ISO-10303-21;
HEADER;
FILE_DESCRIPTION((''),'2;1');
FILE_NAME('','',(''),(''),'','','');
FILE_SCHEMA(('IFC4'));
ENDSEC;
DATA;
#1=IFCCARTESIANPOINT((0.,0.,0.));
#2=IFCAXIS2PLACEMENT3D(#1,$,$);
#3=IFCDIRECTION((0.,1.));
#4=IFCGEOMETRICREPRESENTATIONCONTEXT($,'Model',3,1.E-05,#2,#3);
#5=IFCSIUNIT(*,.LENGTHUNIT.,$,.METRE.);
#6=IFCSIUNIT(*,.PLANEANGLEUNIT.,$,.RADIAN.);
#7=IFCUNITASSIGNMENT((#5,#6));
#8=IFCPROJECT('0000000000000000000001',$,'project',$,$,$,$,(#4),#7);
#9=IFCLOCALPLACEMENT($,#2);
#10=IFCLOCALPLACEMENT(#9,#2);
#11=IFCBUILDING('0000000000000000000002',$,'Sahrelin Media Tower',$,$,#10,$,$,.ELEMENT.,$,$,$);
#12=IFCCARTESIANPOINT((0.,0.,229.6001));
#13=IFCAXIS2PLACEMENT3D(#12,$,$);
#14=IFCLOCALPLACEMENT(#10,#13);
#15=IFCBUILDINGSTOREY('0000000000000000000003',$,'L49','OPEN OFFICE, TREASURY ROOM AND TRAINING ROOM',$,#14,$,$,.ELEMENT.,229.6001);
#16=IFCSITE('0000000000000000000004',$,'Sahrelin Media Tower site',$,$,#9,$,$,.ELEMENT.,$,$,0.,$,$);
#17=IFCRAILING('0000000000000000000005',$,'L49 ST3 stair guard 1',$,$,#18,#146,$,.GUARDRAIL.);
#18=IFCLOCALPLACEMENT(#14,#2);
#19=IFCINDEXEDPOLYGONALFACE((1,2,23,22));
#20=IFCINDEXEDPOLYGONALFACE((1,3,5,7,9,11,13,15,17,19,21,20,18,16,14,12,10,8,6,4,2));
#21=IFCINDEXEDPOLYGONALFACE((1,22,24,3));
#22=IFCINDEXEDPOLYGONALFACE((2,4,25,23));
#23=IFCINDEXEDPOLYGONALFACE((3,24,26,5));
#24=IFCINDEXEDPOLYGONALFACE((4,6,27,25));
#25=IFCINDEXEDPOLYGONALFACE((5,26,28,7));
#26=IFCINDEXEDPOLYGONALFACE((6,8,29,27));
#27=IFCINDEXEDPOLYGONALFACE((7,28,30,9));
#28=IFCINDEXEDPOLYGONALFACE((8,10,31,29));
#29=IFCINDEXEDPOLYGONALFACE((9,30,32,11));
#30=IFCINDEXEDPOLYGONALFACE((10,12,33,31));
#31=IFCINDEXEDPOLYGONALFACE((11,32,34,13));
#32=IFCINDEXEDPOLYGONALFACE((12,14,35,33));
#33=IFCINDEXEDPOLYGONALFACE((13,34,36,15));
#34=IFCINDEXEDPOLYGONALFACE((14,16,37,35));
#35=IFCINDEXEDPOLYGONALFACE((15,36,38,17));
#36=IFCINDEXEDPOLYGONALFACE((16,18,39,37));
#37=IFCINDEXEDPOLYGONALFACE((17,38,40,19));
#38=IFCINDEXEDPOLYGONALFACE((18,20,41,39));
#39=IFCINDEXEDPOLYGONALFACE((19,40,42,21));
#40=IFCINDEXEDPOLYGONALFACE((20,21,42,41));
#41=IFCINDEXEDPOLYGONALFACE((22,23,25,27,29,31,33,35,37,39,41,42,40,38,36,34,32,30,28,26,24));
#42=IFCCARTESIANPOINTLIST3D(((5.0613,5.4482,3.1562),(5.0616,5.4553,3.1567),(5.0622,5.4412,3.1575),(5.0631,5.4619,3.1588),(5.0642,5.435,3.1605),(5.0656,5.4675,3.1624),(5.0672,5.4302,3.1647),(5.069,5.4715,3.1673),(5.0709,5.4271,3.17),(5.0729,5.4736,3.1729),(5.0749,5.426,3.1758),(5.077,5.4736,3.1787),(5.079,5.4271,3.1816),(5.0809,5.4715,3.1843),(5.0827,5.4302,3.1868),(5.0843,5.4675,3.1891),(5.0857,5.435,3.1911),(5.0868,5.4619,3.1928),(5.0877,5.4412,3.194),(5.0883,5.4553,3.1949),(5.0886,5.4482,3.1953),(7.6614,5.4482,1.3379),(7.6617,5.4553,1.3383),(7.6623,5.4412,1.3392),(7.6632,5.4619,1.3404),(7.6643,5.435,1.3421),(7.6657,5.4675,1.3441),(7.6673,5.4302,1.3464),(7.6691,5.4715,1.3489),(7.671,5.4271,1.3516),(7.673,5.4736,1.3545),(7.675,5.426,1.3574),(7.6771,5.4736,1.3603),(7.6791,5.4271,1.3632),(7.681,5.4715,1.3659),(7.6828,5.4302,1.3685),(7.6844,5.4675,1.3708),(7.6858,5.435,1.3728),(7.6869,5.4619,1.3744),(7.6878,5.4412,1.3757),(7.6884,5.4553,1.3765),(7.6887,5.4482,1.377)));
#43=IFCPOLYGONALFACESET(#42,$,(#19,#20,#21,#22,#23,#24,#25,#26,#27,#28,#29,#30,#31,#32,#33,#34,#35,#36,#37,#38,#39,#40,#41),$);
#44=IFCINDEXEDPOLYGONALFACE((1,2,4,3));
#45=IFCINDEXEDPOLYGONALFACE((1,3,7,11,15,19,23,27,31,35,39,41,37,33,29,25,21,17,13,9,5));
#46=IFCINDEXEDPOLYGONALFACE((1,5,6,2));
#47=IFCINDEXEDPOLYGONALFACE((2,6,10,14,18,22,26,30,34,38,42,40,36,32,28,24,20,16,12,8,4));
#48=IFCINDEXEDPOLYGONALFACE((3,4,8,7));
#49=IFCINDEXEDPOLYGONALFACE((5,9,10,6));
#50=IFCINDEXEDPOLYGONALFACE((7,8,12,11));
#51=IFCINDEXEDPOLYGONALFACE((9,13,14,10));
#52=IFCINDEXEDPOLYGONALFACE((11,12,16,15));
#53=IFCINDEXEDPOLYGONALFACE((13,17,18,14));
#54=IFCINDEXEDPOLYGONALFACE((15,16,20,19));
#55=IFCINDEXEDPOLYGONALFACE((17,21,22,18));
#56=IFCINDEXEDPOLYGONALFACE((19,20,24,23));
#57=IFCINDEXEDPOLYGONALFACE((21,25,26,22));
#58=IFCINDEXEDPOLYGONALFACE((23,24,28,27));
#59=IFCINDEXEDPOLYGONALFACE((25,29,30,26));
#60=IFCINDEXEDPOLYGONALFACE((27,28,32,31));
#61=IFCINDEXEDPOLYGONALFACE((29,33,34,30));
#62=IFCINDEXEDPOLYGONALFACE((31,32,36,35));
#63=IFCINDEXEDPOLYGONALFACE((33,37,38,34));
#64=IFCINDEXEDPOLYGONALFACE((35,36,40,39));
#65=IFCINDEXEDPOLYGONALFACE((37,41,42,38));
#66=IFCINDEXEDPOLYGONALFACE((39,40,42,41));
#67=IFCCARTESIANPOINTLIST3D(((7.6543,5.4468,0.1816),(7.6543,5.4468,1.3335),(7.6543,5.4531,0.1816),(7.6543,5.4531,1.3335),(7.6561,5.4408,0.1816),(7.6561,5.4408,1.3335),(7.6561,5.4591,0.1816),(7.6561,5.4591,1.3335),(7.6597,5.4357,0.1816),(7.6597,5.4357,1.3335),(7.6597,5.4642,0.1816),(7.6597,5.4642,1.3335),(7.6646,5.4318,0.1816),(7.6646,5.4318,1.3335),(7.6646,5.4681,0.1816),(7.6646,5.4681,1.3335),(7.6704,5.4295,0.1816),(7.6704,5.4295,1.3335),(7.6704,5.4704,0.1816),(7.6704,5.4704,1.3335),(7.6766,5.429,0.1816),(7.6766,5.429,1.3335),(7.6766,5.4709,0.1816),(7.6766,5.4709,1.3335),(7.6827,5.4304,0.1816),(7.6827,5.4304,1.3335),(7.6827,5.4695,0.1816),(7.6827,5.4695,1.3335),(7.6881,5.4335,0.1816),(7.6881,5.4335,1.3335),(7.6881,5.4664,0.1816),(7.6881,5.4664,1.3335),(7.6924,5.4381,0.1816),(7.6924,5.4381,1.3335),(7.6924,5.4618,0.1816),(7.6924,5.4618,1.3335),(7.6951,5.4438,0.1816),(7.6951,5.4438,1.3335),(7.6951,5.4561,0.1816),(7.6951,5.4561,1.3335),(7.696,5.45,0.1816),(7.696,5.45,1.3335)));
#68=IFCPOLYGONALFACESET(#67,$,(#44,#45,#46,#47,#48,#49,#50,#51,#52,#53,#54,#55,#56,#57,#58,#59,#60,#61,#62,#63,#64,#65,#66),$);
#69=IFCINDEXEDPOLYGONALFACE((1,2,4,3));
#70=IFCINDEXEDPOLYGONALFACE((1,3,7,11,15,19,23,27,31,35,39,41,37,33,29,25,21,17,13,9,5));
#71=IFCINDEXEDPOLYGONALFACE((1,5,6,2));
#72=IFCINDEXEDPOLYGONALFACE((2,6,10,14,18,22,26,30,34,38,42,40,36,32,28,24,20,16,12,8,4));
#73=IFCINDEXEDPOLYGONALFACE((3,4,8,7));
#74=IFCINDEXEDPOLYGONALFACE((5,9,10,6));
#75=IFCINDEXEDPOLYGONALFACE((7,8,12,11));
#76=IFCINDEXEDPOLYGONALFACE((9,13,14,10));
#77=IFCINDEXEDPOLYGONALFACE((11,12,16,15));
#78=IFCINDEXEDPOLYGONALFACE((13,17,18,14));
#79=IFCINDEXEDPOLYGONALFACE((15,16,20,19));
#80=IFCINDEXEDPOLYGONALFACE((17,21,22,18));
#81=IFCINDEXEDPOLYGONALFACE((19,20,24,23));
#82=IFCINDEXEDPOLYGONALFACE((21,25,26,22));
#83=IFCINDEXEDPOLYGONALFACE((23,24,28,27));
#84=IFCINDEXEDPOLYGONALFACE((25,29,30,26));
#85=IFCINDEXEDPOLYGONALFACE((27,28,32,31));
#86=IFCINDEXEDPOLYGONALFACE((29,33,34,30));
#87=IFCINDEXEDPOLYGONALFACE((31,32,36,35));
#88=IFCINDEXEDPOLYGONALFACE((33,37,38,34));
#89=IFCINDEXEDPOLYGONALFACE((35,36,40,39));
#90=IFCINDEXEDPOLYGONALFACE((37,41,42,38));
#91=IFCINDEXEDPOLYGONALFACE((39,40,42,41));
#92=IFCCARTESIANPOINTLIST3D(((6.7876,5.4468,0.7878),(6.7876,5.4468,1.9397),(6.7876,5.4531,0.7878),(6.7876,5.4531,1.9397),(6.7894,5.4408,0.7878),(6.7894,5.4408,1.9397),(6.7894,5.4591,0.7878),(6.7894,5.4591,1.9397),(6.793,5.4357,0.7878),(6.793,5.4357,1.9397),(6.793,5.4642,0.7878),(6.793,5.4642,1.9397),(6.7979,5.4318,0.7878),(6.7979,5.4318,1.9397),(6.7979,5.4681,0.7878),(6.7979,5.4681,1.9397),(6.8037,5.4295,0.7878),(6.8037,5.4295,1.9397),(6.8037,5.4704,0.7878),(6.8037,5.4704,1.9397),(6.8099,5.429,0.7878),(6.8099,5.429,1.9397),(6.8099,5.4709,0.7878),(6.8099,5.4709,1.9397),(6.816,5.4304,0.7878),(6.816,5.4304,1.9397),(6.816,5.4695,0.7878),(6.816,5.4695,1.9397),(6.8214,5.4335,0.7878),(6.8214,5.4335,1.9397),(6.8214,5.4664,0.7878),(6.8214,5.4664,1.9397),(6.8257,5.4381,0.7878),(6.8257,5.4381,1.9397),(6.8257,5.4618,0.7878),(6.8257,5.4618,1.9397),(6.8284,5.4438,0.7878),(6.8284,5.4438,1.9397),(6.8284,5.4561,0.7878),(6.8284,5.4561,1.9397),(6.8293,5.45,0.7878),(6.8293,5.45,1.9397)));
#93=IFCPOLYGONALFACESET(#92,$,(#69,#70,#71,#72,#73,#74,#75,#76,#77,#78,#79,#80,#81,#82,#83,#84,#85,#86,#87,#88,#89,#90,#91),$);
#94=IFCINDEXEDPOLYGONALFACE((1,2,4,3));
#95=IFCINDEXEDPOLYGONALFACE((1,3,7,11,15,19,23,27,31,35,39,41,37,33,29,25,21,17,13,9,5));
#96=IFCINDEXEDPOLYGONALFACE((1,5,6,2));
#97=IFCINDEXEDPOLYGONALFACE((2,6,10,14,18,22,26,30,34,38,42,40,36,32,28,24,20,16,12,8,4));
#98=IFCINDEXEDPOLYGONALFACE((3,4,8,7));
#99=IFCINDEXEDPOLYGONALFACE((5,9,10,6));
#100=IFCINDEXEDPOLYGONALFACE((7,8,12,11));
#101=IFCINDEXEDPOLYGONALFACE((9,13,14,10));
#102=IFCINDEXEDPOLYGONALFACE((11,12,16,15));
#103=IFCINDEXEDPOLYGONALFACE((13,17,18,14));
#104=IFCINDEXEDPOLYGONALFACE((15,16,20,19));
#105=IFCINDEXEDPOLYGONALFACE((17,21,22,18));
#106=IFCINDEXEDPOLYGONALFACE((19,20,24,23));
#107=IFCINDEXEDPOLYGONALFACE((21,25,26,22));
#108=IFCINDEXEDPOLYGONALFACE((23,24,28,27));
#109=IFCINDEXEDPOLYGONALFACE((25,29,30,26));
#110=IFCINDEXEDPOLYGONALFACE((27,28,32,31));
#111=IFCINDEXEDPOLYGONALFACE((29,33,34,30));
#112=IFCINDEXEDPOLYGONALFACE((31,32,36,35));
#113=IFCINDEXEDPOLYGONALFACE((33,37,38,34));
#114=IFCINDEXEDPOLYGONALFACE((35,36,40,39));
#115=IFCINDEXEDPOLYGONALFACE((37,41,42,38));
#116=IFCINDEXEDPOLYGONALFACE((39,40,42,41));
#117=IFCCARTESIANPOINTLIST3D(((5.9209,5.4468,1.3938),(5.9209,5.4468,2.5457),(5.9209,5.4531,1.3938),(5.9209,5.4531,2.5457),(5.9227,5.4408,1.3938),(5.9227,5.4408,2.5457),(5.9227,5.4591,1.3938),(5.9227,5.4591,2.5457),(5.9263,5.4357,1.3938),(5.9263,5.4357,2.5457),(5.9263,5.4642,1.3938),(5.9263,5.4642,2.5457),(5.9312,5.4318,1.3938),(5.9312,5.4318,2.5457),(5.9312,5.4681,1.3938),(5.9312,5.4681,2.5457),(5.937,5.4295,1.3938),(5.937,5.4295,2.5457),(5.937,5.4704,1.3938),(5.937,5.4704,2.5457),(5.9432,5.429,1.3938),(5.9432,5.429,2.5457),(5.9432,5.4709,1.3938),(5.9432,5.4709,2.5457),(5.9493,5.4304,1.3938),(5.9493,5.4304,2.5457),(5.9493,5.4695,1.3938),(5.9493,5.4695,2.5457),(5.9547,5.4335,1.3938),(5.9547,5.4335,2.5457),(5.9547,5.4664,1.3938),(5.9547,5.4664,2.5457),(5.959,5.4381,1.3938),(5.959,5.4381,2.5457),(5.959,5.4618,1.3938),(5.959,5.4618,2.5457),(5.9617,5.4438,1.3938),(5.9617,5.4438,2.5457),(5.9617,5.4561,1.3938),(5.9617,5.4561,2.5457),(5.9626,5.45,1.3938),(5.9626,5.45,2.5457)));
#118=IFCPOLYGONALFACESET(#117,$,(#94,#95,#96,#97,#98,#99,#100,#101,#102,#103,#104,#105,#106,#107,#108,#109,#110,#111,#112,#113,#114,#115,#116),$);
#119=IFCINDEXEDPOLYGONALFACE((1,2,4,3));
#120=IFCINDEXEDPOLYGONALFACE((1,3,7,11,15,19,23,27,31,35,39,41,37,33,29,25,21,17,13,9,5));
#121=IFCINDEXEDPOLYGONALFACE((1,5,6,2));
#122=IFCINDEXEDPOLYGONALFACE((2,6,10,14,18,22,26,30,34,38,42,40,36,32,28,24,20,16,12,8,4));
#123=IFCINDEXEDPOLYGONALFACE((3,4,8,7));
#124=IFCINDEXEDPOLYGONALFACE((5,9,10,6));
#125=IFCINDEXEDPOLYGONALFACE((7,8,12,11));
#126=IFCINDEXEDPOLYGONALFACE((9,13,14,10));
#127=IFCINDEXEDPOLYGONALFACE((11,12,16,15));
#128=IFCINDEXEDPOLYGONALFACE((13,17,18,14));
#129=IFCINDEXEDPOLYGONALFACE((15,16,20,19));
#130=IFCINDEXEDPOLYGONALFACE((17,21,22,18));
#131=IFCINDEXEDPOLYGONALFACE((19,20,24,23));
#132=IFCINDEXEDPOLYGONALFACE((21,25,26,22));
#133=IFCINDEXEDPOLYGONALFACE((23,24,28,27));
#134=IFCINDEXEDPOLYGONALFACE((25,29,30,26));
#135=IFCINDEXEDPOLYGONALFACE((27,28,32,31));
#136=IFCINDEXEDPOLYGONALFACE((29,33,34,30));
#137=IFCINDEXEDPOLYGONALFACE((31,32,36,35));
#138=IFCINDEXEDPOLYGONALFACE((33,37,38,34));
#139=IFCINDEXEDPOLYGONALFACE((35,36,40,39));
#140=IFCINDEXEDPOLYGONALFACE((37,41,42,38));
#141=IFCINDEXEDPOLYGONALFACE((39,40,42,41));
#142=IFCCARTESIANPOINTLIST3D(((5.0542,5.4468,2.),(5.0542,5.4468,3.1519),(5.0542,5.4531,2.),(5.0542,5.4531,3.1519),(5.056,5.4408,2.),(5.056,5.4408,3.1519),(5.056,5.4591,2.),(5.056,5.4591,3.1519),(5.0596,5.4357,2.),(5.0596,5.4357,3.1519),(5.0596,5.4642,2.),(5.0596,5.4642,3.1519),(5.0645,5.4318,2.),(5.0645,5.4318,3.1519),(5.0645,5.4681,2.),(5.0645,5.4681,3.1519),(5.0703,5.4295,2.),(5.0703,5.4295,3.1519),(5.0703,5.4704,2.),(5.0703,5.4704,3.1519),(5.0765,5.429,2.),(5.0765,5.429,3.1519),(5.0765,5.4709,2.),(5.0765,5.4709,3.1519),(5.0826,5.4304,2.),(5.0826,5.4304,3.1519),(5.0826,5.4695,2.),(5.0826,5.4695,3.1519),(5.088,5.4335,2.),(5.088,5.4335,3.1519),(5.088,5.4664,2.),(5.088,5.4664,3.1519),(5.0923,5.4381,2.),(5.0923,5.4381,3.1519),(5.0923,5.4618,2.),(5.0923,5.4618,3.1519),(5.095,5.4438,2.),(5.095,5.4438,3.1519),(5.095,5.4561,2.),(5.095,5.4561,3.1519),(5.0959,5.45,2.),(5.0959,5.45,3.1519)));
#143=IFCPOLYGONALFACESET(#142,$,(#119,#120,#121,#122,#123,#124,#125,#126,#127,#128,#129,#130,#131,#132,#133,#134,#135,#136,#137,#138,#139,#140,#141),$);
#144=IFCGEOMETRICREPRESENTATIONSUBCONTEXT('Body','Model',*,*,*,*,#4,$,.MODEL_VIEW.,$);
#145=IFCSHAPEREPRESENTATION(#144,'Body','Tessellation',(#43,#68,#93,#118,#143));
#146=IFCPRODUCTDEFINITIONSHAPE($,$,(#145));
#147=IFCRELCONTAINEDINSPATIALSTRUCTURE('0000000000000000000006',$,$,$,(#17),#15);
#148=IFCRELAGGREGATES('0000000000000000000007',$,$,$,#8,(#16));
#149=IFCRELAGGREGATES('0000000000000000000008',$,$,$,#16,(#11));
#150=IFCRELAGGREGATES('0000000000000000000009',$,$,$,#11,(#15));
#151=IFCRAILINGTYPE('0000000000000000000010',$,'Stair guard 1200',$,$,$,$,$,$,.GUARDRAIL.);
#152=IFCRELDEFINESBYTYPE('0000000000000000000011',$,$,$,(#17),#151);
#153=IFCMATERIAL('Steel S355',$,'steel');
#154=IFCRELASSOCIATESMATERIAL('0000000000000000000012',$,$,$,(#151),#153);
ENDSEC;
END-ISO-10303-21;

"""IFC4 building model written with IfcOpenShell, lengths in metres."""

from ifc_helpers import new_model, si_unit, direction, frame, origin, origin_2d, place, context, subcontext, project, spatial, circle, extrude, material, type_object, element, save


model = new_model("IFC4")

# Units and contexts
model_context = context("Model", 3, precision=1e-05, world=origin(), true_north=direction((0.0, 1.0)))
body_context = subcontext(model_context, "Body", "Model", "MODEL_VIEW")
ifc_project = project(units=[si_unit("LENGTHUNIT", "METRE"), si_unit("PLANEANGLEUNIT", "RADIAN")], contexts=[model_context])

# Site, building, storey
site_placement = place(None, origin())
site = spatial("IfcSite", under=ifc_project, at=site_placement, Name="Sahrelin Media Tower site", CompositionType="ELEMENT", RefElevation=0.0)
building_placement = place(site_placement, origin())
building = spatial("IfcBuilding", under=site, at=building_placement, Name="Sahrelin Media Tower", CompositionType="ELEMENT")
storey_placement = place(building_placement, frame((0.0, 0.0, 229.6001)))
storey = spatial("IfcBuildingStorey", under=building, at=storey_placement, Name="L49", Description="OPEN OFFICE, TREASURY ROOM AND TRAINING ROOM", CompositionType="ELEMENT", Elevation=229.6001)

# Shared definitions
ifc_material_1 = material(Name="Steel S355", Category="steel")

# Railing
railing_type_1 = type_object("IfcRailingType", Name="Stair guard 1200", PredefinedType="GUARDRAIL", material=ifc_material_1)
railing_1_placement = place(storey_placement, frame((7.675, 5.45, 0.1816)))
element("IfcRailing", 1, at=railing_1_placement, inside=storey, type_object=railing_type_1, Name="L49 ST3 stair guard 1", PredefinedType="GUARDRAIL", context=body_context, shape_type="SweptSolid", body=[
    extrude(circle(Radius=0.0239, at=origin_2d()), frame((0.0, 0.0, 1.1758), z_axis=(-0.819485, 0.0, 0.573101), x_axis=(0.0, -1.0, 0.0)), (0.0, 0.0, 1.0), 3.1729),
    extrude(circle(Radius=0.021, at=origin_2d()), origin(), (0.0, 0.0, 1.0), 1.1519),
    extrude(circle(Radius=0.021, at=origin_2d()), frame((-0.8667, 0.0, 0.6062)), (0.0, 0.0, 1.0), 1.1519),
    extrude(circle(Radius=0.021, at=origin_2d()), frame((-1.7334, 0.0, 1.2122)), (0.0, 0.0, 1.0), 1.1519),
    extrude(circle(Radius=0.021, at=origin_2d()), frame((-2.6001, 0.0, 1.8184)), (0.0, 0.0, 1.0), 1.1519),
])

save(model, "model.ifc")
